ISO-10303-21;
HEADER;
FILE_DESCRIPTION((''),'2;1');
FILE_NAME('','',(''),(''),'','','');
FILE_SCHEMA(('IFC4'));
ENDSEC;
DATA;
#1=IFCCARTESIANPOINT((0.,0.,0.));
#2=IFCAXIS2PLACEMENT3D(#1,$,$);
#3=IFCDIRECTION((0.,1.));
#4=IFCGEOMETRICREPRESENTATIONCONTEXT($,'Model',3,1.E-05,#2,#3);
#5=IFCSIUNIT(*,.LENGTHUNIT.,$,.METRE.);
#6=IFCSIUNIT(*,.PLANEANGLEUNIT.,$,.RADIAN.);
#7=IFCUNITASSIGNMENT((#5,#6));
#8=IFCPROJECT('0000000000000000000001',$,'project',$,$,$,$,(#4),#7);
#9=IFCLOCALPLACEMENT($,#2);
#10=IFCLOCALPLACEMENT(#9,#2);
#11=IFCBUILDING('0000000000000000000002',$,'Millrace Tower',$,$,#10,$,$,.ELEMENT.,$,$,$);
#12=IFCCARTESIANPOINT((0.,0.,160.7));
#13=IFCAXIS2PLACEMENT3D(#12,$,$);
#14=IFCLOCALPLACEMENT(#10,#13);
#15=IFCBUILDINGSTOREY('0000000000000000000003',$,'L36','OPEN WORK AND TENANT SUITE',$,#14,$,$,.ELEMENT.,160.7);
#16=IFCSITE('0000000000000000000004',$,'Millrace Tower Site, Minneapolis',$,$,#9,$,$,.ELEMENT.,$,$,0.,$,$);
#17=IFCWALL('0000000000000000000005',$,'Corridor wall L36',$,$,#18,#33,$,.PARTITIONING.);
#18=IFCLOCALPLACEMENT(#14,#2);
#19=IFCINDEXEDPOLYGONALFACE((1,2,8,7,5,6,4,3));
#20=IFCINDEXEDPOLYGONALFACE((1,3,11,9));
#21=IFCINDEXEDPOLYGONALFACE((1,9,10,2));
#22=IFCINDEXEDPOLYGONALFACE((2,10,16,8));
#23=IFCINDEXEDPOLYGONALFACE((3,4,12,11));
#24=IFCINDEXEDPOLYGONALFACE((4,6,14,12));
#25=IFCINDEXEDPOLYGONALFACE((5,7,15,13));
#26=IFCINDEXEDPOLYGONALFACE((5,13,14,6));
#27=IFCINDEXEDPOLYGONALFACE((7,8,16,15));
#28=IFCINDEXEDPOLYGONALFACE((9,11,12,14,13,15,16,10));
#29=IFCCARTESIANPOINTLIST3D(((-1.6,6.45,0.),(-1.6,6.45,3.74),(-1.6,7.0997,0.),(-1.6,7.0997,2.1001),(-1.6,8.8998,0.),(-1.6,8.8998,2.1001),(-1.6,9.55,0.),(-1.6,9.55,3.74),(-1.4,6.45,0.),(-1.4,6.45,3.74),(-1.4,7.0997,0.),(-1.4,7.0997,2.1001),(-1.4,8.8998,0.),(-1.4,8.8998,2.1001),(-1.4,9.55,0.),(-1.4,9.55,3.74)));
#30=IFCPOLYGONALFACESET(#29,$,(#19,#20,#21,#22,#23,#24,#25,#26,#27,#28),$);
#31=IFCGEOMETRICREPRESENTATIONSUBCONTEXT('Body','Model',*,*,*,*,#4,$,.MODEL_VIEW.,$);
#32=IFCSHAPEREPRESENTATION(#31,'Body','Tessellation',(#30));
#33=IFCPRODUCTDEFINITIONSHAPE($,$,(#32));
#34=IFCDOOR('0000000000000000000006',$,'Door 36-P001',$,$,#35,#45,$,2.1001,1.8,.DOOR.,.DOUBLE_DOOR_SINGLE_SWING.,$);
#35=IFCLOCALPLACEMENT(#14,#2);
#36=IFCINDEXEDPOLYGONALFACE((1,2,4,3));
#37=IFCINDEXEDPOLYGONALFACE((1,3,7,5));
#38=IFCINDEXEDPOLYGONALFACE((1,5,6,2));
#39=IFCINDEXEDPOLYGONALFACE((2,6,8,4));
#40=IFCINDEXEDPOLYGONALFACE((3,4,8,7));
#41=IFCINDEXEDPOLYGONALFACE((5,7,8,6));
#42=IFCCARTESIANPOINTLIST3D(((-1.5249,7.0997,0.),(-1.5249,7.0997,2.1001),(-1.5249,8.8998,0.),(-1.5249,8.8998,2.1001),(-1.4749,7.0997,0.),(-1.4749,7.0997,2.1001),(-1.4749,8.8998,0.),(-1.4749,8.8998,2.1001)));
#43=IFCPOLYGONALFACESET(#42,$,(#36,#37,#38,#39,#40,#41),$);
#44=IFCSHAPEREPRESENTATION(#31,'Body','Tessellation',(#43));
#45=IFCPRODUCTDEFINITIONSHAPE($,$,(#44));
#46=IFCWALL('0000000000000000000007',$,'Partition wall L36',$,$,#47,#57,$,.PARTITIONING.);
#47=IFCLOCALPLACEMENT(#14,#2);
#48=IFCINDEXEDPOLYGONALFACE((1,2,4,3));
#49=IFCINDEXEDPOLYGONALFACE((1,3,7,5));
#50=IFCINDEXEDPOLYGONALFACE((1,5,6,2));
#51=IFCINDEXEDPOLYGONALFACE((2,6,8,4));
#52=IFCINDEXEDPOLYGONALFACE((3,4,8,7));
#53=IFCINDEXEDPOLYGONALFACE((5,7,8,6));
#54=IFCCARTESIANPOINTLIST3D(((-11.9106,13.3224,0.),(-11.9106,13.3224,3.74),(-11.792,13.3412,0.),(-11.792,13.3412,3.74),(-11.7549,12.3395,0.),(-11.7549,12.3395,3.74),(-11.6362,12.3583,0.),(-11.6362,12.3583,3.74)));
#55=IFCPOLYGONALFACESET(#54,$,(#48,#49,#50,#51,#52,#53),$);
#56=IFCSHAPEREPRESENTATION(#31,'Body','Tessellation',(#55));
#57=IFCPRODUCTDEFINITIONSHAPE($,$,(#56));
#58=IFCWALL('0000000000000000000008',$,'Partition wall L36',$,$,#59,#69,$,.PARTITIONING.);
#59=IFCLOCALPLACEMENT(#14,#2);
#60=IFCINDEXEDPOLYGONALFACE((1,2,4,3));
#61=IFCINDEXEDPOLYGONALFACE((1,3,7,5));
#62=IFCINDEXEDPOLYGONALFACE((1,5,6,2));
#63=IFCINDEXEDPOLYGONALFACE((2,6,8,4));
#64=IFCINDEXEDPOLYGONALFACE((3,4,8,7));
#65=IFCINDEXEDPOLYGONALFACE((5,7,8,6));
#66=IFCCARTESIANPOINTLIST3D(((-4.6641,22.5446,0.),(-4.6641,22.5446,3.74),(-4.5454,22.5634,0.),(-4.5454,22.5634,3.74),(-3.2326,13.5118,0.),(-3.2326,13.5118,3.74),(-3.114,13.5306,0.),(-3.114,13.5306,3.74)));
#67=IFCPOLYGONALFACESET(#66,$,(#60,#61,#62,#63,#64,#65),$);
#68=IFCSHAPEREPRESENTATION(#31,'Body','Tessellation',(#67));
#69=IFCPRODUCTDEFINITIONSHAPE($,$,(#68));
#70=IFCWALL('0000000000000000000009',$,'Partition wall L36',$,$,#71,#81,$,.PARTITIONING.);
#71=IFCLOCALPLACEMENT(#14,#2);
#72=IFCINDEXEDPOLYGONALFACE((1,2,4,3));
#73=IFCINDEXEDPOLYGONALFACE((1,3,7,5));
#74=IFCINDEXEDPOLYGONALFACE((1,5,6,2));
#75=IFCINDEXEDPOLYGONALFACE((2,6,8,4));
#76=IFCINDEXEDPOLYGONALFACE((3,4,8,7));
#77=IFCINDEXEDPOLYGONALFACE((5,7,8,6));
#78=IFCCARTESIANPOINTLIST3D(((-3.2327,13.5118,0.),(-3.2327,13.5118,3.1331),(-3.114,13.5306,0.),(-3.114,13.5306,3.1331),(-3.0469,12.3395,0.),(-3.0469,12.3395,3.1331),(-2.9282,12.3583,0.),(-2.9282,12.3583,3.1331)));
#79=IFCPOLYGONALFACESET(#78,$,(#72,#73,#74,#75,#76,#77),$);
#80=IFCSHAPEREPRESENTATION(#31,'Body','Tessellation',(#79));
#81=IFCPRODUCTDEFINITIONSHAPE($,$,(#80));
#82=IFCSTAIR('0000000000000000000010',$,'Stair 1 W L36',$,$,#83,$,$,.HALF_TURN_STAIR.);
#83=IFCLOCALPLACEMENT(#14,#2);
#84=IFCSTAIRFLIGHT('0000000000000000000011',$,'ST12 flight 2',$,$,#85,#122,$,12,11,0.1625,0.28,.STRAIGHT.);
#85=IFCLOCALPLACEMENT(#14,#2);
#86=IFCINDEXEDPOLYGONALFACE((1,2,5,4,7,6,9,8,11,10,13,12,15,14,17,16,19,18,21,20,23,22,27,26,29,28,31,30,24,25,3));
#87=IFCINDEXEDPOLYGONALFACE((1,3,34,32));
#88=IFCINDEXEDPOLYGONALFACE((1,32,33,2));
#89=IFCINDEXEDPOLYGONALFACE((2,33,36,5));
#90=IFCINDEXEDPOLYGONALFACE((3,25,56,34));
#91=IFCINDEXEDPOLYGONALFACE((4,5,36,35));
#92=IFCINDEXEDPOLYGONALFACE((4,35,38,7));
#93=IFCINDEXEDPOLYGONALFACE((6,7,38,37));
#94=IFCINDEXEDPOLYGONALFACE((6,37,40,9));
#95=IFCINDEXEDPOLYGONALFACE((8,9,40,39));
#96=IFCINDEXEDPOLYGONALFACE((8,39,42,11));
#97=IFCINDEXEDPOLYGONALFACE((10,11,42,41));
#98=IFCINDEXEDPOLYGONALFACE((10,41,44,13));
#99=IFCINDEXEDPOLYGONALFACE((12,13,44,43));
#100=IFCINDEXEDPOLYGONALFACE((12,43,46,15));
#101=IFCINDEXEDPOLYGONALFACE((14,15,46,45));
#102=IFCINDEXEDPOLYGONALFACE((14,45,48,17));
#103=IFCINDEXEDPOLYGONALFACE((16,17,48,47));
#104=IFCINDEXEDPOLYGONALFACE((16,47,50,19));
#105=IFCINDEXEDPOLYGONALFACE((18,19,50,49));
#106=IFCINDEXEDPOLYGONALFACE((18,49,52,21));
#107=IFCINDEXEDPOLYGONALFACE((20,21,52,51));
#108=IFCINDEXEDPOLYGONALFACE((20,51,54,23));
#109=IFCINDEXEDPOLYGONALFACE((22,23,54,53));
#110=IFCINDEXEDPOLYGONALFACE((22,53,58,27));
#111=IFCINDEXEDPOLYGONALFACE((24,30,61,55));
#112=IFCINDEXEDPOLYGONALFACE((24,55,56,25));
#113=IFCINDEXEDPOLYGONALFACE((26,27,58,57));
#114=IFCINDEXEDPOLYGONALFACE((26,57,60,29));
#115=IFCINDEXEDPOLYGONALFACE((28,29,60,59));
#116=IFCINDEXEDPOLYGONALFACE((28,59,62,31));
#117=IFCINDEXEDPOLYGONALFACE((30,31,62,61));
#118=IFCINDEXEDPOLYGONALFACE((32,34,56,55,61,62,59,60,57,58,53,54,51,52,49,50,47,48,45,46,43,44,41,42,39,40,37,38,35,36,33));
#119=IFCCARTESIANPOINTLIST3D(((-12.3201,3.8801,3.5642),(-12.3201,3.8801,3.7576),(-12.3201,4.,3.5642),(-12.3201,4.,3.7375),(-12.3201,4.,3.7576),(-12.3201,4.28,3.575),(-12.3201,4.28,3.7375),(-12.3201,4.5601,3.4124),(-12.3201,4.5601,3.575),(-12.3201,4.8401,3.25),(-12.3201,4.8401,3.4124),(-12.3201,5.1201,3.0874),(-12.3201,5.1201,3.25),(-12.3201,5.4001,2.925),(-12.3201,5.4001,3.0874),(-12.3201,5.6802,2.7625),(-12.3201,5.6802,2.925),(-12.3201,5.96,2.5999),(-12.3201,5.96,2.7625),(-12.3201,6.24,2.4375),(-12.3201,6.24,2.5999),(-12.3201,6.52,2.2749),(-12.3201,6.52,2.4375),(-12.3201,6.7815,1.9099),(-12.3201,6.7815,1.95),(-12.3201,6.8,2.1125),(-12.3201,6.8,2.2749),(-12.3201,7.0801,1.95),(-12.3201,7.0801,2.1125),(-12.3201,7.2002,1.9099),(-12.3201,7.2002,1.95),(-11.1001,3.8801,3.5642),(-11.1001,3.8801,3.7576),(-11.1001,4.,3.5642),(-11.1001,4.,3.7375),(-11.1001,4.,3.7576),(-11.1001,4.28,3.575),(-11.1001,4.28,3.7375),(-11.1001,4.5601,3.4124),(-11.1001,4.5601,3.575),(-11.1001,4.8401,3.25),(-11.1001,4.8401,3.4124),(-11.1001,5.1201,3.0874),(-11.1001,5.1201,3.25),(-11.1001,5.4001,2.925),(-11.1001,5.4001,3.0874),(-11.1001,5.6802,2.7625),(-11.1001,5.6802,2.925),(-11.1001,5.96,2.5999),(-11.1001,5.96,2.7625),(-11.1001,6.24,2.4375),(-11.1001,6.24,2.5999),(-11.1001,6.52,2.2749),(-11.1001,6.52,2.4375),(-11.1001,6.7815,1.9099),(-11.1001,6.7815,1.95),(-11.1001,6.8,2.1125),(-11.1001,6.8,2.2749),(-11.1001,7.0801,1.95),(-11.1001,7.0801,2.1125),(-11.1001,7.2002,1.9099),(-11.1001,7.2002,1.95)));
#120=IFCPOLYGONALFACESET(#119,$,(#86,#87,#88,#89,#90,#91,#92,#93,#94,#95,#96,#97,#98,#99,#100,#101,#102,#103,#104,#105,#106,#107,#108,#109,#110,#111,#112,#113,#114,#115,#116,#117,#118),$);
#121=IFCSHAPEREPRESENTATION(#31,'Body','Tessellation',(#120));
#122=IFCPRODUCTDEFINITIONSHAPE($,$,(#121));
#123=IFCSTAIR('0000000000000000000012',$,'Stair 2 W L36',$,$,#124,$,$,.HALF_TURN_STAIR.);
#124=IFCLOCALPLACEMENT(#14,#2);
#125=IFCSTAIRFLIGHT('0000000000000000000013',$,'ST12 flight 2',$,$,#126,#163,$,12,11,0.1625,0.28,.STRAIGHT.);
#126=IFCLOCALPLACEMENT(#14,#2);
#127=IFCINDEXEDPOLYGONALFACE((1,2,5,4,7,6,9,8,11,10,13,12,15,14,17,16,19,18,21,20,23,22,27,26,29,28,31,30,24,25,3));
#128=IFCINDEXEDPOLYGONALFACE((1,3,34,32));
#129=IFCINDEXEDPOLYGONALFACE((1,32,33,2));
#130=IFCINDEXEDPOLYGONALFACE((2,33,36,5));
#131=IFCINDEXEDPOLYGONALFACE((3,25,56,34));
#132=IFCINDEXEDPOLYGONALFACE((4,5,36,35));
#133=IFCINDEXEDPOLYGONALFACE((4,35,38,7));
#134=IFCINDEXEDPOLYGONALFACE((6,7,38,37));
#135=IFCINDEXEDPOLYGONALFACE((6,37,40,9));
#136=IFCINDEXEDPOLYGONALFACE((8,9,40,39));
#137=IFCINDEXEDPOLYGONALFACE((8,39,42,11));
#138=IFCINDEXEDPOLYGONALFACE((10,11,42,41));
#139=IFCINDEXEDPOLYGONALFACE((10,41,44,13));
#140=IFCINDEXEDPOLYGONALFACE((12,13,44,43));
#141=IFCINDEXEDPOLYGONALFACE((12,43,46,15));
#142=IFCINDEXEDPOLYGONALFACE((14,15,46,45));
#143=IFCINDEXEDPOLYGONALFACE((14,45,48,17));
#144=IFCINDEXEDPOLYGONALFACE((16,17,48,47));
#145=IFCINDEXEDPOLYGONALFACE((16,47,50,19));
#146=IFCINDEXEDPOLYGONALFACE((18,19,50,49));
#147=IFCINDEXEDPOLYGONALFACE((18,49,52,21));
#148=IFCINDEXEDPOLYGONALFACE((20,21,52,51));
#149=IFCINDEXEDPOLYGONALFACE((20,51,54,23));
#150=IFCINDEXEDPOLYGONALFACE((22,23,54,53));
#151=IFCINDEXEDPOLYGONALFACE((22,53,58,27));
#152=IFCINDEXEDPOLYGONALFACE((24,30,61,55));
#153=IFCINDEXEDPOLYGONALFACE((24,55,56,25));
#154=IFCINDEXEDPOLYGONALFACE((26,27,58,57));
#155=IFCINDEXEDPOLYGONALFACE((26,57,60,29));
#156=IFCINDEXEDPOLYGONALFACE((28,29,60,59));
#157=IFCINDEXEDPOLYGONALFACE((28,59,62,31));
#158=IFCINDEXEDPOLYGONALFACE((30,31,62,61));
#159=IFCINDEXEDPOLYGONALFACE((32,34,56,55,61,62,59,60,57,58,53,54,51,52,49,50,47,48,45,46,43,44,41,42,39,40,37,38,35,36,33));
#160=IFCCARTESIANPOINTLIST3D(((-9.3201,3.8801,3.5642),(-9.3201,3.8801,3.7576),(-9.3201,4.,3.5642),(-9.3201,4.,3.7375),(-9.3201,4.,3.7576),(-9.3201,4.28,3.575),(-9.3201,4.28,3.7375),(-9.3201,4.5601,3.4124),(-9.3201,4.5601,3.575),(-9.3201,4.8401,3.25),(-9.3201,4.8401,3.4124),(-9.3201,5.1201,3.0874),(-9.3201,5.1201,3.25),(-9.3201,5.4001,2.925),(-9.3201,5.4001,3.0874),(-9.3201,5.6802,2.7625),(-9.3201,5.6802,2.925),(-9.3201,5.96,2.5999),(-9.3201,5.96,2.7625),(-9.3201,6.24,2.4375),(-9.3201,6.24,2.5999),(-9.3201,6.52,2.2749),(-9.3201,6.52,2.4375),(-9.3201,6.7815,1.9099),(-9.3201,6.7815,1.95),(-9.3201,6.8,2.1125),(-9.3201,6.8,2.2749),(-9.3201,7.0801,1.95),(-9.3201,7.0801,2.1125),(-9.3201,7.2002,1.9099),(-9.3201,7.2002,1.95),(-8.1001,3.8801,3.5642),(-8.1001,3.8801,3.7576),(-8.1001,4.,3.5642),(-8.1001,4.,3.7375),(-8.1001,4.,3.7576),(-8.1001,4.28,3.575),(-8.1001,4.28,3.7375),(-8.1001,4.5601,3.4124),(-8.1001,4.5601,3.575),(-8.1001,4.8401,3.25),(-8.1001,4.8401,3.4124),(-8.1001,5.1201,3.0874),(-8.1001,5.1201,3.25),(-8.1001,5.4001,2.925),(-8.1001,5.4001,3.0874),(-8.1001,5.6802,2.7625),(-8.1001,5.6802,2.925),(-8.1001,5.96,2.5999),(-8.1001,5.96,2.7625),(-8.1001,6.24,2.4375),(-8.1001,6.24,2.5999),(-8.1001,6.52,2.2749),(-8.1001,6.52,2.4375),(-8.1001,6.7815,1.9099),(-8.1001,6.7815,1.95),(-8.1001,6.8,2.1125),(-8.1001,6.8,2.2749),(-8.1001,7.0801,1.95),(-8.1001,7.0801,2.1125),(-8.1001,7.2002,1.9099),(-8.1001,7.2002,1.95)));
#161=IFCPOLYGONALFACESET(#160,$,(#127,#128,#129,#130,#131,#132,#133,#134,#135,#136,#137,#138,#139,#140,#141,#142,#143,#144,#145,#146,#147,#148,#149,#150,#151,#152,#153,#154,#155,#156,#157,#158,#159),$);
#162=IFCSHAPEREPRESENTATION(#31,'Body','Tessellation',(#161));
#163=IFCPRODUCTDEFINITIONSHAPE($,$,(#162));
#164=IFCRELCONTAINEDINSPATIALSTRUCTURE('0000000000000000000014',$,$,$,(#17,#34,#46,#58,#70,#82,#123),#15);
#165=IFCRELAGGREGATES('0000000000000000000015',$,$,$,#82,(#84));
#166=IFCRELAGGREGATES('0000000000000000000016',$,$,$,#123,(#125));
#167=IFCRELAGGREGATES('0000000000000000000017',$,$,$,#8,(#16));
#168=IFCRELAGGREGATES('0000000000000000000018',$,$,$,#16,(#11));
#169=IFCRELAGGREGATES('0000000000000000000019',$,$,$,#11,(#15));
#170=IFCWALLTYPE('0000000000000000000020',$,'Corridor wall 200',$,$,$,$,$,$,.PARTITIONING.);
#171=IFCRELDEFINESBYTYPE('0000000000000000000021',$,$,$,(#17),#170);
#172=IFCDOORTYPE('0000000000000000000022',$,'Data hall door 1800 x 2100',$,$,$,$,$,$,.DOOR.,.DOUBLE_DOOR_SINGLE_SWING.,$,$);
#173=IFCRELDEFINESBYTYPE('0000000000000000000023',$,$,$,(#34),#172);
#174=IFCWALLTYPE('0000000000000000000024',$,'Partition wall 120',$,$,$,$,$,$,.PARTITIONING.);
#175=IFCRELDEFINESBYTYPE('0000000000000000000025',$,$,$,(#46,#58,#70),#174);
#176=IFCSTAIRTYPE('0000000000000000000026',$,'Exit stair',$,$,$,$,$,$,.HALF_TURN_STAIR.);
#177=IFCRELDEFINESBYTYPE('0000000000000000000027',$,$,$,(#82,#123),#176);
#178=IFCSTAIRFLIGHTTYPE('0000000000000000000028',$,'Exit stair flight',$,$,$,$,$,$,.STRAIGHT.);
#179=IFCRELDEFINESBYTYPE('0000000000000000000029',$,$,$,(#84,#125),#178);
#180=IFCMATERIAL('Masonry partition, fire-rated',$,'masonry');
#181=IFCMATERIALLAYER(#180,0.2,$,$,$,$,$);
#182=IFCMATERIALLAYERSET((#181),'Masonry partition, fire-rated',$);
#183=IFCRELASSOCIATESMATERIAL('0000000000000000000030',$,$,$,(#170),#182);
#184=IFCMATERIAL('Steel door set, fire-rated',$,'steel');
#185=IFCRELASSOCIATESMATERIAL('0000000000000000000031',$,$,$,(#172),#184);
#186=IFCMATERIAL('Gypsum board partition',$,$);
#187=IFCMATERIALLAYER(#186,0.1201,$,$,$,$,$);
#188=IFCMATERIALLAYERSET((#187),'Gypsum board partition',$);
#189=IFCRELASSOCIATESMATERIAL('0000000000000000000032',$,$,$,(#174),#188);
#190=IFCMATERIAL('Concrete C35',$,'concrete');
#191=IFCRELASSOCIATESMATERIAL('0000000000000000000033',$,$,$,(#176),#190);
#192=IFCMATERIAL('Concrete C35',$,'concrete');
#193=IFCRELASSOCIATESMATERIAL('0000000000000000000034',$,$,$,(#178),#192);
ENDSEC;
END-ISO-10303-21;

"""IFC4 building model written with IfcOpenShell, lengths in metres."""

from ifc_helpers import new_model, si_unit, direction, frame, frame_2d, origin, place, context, subcontext, project, spatial, polyline, rectangle, outline, extrude, material, layer, layer_set, type_object, element, fill, aggregate, save


model = new_model("IFC4")

# Units and contexts
model_context = context("Model", 3, precision=1e-05, world=origin(), true_north=direction((0.0, 1.0)))
body_context = subcontext(model_context, "Body", "Model", "MODEL_VIEW")
ifc_project = project(units=[si_unit("LENGTHUNIT", "METRE"), si_unit("PLANEANGLEUNIT", "RADIAN")], contexts=[model_context])

# Site, building, storey
site_placement = place(None, origin())
site = spatial("IfcSite", under=ifc_project, at=site_placement, Name="Millrace Tower Site, Minneapolis", CompositionType="ELEMENT", RefElevation=0.0)
building_placement = place(site_placement, origin())
building = spatial("IfcBuilding", under=site, at=building_placement, Name="Millrace Tower", CompositionType="ELEMENT")
storey_placement = place(building_placement, frame((0.0, 0.0, 160.7)))
storey = spatial("IfcBuildingStorey", under=building, at=storey_placement, Name="L36", Description="OPEN WORK AND TENANT SUITE", CompositionType="ELEMENT", Elevation=160.7)

# Shared definitions
placement = place(storey_placement, origin())

# Shared definitions
ifc_material_1 = material(Name="Masonry partition, fire-rated", Category="masonry")
ifc_layer_1 = layer(ifc_material_1, 0.2)
ifc_layer_set_1 = layer_set([ifc_layer_1], Name="Masonry partition, fire-rated")
wall_type_1 = type_object("IfcWallType", Name="Corridor wall 200", PredefinedType="PARTITIONING", material=ifc_layer_set_1)

# Wall, opening, door
wall_1_placement = place(storey_placement, frame((-1.5, 6.45, 0.0), z_axis=(0.0, 0.0, 1.0), x_axis=(0.0, 1.0, 0.0)))
wall_1 = element("IfcWall", 1, at=wall_1_placement, inside=storey, type_object=wall_type_1, Name="Corridor wall L36", PredefinedType="PARTITIONING", context=body_context, shape_type="SweptSolid", body=[
    extrude(rectangle(XDim=3.1001, YDim=0.2, at=frame_2d((1.55, 0.0))), origin(), (0.0, 0.0, 1.0), 3.74),
])
opening_placement = place(wall_1_placement, frame((0.6499, 0.0, 0.0)))
opening = element("IfcOpeningElement", 2, at=opening_placement, cuts=wall_1, PredefinedType="OPENING", context=body_context, shape_type="SweptSolid", body=[
    extrude(rectangle(XDim=1.8, YDim=2.1001, at=frame_2d((0.8999, 1.05))), frame((0.0, 0.1099, 0.0), z_axis=(0.0, -1.0, 0.0), x_axis=(1.0, 0.0, 0.0)), (0.0, 0.0, 1.0), 0.22),
])
ifc_material_2 = material(Name="Steel door set, fire-rated", Category="steel")
door_type = type_object("IfcDoorType", Name="Data hall door 1800 x 2100", OperationType="DOUBLE_DOOR_SINGLE_SWING", PredefinedType="DOOR", material=ifc_material_2)
door_placement = place(opening_placement, origin())
door = element("IfcDoor", 3, at=door_placement, inside=storey, type_object=door_type, Name="Door 36-P001", OperationType="DOUBLE_DOOR_SINGLE_SWING", OverallHeight=2.1001, OverallWidth=1.8, PredefinedType="DOOR", context=body_context, shape_type="SweptSolid", body=[
    extrude(rectangle(XDim=1.8, YDim=2.1001, at=frame_2d((0.8999, 1.05))), frame((0.0, 0.0249, 0.0), z_axis=(0.0, -1.0, 0.0), x_axis=(1.0, 0.0, 0.0)), (0.0, 0.0, 1.0), 0.05),
])
fill(opening, door)

# Walls
ifc_material_3 = material(Name="Gypsum board partition")
ifc_layer_2 = layer(ifc_material_3, 0.1201)
ifc_layer_set_2 = layer_set([ifc_layer_2], Name="Gypsum board partition")
wall_type_2 = type_object("IfcWallType", Name="Partition wall 120", PredefinedType="PARTITIONING", material=ifc_layer_set_2)
wall_2_placement = place(storey_placement, frame((-11.8513, 13.3318, 0.0), z_axis=(0.0, 0.0, 1.0), x_axis=(0.156517, -0.987675, 0.0)))
element("IfcWall", 4, at=wall_2_placement, inside=storey, type_object=wall_type_2, Name="Partition wall L36", PredefinedType="PARTITIONING", context=body_context, shape_type="SweptSolid", body=[
    extrude(rectangle(XDim=0.9951, YDim=0.1201, at=frame_2d((0.4976, 0.0))), origin(), (0.0, 0.0, 1.0), 3.74),
])
wall_3_placement = place(storey_placement, frame((-4.6047, 22.554, 0.0), z_axis=(0.0, 0.0, 1.0), x_axis=(0.156515, -0.987676, 0.0)))
element("IfcWall", 5, at=wall_3_placement, inside=storey, type_object=wall_type_2, Name="Partition wall L36", PredefinedType="PARTITIONING", context=body_context, shape_type="SweptSolid", body=[
    extrude(rectangle(XDim=9.1455, YDim=0.1201, at=frame_2d((4.5728, 0.0))), origin(), (0.0, 0.0, 1.0), 3.74),
])
wall_4_placement = place(storey_placement, frame((-3.1733, 13.5212, 0.0), z_axis=(0.0, 0.0, 1.0), x_axis=(0.156522, -0.987674, 0.0)))
element("IfcWall", 6, at=wall_4_placement, inside=storey, type_object=wall_type_2, Name="Partition wall L36", PredefinedType="PARTITIONING", context=body_context, shape_type="SweptSolid", body=[
    extrude(rectangle(XDim=1.187, YDim=0.1201, at=frame_2d((0.5935, 0.0))), origin(), (0.0, 0.0, 1.0), 3.1331),
])

# Stairs, stair flights
ifc_material_4 = material(Name="Concrete C35", Category="concrete")
stair_type = type_object("IfcStairType", Name="Exit stair", PredefinedType="HALF_TURN_STAIR", material=ifc_material_4)
stair_1 = element("IfcStair", 7, at=placement, inside=storey, type_object=stair_type, Name="Stair 1 W L36", PredefinedType="HALF_TURN_STAIR")
ifc_material_5 = material(Name="Concrete C35", Category="concrete")
stair_flight_type = type_object("IfcStairFlightType", Name="Exit stair flight", PredefinedType="STRAIGHT", material=ifc_material_5)
stair_flight_1_placement = place(storey_placement, frame((-11.71, 7.0801, 1.95), z_axis=(0.0, 0.0, 1.0), x_axis=(0.0, -1.0, 0.0)))
stair_flight_1 = element("IfcStairFlight", 8, at=stair_flight_1_placement, type_object=stair_flight_type, Name="ST12 flight 2", NumberOfRisers=12, NumberOfTreads=11, PredefinedType="STRAIGHT", RiserHeight=0.1625, TreadLength=0.28, context=body_context, shape_type="SweptSolid", body=[
    extrude(outline(polyline([(-0.1201, -0.04), (-0.1201, 0.0), (0.0, 0.0), (0.0, 0.1626), (0.28, 0.1626), (0.28, 0.325), (0.5601, 0.325), (0.5601, 0.4875), (0.8401, 0.4875), (0.8401, 0.6499), (1.1201, 0.6499), (1.1201, 0.8125), (1.3999, 0.8125), (1.3999, 0.9751), (1.6799, 0.9751), (1.6799, 1.1375), (1.96, 1.1375), (1.96, 1.3), (2.24, 1.3), (2.24, 1.4624), (2.52, 1.4624), (2.52, 1.625), (2.8, 1.625), (2.8, 1.7876), (3.0801, 1.7876), (3.0801, 1.8076), (3.2, 1.8076), (3.2, 1.6143), (3.0801, 1.6143), (0.2986, 0.0), (0.2986, -0.04), (-0.1201, -0.04)])), frame((0.0, 0.6099, 0.0), z_axis=(0.0, -1.0, 0.0), x_axis=(1.0, 0.0, 0.0)), (0.0, 0.0, 1.0), 1.22),
])
aggregate(stair_1, [stair_flight_1])
stair_2 = element("IfcStair", 9, at=placement, inside=storey, type_object=stair_type, Name="Stair 2 W L36", PredefinedType="HALF_TURN_STAIR")
stair_flight_2_placement = place(storey_placement, frame((-8.71, 7.0801, 1.95), z_axis=(0.0, 0.0, 1.0), x_axis=(0.0, -1.0, 0.0)))
stair_flight_2 = element("IfcStairFlight", 10, at=stair_flight_2_placement, type_object=stair_flight_type, Name="ST12 flight 2", NumberOfRisers=12, NumberOfTreads=11, PredefinedType="STRAIGHT", RiserHeight=0.1625, TreadLength=0.28, context=body_context, shape_type="SweptSolid", body=[
    extrude(outline(polyline([(-0.1201, -0.04), (-0.1201, 0.0), (0.0, 0.0), (0.0, 0.1626), (0.28, 0.1626), (0.28, 0.325), (0.5601, 0.325), (0.5601, 0.4875), (0.8401, 0.4875), (0.8401, 0.6499), (1.1201, 0.6499), (1.1201, 0.8125), (1.3999, 0.8125), (1.3999, 0.9751), (1.6799, 0.9751), (1.6799, 1.1375), (1.96, 1.1375), (1.96, 1.3), (2.24, 1.3), (2.24, 1.4624), (2.52, 1.4624), (2.52, 1.625), (2.8, 1.625), (2.8, 1.7876), (3.0801, 1.7876), (3.0801, 1.8076), (3.2, 1.8076), (3.2, 1.6143), (3.0801, 1.6143), (0.2986, 0.0), (0.2986, -0.04), (-0.1201, -0.04)])), frame((0.0, 0.6099, 0.0), z_axis=(0.0, -1.0, 0.0), x_axis=(1.0, 0.0, 0.0)), (0.0, 0.0, 1.0), 1.22),
])
aggregate(stair_2, [stair_flight_2])

save(model, "model.ifc")
